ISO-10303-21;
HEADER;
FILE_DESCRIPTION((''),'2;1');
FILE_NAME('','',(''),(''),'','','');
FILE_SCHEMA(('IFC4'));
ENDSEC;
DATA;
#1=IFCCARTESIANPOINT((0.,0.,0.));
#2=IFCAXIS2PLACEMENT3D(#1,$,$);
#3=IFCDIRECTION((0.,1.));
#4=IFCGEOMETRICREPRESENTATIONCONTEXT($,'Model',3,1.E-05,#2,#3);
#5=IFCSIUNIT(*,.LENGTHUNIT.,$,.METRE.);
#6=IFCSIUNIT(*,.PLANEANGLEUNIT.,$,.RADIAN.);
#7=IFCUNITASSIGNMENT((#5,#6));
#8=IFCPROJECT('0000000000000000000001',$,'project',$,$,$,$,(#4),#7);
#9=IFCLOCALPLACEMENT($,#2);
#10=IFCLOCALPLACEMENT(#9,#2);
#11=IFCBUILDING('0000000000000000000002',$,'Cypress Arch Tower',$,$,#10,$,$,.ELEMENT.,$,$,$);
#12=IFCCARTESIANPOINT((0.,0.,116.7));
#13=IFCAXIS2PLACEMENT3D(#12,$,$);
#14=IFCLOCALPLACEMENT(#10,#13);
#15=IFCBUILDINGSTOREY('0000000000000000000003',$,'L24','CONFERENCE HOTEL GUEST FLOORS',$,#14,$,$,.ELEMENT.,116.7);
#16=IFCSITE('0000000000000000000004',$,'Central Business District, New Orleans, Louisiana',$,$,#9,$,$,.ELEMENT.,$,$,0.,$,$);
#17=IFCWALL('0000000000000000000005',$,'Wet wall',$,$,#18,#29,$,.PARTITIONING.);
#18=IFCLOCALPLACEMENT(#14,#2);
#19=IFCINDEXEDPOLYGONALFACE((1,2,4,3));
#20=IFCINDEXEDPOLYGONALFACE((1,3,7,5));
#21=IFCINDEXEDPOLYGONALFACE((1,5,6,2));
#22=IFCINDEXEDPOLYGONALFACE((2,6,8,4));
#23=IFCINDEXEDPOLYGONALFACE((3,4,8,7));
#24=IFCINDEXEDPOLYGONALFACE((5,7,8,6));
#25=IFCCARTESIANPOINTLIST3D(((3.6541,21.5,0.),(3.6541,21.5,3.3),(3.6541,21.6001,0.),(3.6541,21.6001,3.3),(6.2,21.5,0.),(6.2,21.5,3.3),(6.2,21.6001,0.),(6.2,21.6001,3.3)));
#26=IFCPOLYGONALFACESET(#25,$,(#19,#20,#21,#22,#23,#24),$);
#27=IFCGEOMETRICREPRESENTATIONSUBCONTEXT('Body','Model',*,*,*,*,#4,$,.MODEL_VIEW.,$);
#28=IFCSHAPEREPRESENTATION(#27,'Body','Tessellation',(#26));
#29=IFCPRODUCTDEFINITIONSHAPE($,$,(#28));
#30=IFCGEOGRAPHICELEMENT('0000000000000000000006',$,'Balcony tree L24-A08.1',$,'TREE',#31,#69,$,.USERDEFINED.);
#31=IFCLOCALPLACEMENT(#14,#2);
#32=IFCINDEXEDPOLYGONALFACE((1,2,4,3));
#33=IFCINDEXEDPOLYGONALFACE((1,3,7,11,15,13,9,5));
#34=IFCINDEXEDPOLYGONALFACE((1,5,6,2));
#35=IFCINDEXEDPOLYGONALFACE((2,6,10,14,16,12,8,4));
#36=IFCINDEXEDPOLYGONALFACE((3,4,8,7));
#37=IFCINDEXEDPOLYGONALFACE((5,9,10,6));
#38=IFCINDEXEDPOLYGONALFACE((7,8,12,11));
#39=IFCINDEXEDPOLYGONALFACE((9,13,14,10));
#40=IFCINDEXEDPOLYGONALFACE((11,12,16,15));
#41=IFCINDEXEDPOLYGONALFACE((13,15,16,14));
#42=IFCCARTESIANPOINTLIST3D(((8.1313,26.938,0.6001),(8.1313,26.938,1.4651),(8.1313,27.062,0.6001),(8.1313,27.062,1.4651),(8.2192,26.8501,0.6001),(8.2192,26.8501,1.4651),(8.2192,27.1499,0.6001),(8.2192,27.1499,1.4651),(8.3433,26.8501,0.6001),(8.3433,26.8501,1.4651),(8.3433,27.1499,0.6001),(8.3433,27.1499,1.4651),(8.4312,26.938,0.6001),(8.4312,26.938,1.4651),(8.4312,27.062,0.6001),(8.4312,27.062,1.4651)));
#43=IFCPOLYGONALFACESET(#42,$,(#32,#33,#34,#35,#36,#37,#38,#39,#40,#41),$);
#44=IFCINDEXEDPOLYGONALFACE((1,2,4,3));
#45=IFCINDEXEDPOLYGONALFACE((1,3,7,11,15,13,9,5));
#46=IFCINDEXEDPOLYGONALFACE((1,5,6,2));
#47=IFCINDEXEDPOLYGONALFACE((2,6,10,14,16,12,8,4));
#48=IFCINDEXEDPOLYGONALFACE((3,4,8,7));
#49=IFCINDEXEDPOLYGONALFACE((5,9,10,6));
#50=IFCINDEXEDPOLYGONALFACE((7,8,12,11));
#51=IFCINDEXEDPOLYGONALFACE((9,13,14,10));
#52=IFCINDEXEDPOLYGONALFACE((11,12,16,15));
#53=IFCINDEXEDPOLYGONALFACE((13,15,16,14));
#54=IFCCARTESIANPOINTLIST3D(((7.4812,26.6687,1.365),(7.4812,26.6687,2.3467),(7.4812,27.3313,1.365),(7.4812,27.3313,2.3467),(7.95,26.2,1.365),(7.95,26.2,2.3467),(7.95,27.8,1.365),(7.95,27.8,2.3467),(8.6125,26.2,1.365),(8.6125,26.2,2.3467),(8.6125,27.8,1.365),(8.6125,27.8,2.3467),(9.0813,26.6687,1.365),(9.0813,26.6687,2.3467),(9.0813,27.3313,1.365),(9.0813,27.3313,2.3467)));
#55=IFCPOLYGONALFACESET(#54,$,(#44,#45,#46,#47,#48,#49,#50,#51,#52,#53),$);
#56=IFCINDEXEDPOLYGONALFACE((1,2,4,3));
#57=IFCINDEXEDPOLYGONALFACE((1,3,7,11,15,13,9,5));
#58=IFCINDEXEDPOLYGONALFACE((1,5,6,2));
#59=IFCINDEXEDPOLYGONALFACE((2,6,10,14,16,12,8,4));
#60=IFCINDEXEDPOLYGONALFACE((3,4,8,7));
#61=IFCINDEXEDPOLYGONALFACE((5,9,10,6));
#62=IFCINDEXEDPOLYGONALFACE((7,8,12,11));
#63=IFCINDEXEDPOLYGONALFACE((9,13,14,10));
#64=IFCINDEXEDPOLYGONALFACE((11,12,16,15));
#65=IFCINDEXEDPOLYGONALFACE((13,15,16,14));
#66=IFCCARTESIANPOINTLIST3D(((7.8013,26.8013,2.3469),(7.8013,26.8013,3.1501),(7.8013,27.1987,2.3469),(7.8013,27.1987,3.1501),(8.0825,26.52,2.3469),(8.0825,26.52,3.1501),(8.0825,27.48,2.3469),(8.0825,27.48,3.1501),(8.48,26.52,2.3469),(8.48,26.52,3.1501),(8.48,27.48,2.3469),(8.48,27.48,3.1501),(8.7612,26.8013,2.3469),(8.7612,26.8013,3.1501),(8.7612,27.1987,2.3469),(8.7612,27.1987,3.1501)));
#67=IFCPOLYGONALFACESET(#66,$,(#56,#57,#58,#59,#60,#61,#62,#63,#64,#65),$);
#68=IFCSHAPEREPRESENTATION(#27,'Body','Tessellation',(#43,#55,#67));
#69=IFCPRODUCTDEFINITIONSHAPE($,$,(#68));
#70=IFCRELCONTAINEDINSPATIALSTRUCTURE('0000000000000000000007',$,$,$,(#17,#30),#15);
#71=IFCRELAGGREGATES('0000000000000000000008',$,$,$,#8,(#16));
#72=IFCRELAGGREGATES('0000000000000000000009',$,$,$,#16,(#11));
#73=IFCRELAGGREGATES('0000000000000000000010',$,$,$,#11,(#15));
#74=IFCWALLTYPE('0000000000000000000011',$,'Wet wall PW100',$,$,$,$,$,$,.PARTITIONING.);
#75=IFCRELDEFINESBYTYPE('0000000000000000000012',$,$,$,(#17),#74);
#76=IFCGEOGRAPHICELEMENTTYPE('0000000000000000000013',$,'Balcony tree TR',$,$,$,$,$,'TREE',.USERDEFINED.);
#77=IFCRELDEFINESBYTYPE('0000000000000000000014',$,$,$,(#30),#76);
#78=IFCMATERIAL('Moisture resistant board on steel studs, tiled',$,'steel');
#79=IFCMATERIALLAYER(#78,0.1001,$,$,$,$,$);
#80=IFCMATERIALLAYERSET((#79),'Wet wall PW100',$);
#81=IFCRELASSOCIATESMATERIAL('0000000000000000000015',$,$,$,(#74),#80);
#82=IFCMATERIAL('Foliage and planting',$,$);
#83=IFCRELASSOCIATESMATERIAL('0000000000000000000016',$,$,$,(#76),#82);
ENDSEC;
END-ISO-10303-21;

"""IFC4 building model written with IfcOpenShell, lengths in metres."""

from ifc_helpers import new_model, si_unit, direction, frame, frame_2d, origin, place, context, subcontext, project, spatial, polyline, rectangle, outline, extrude, material, layer, layer_set, type_object, element, save


model = new_model("IFC4")

# Units and contexts
model_context = context("Model", 3, precision=1e-05, world=origin(), true_north=direction((0.0, 1.0)))
body_context = subcontext(model_context, "Body", "Model", "MODEL_VIEW")
ifc_project = project(units=[si_unit("LENGTHUNIT", "METRE"), si_unit("PLANEANGLEUNIT", "RADIAN")], contexts=[model_context])

# Site, building, storey
site_placement = place(None, origin())
site = spatial("IfcSite", under=ifc_project, at=site_placement, Name="Central Business District, New Orleans, Louisiana", CompositionType="ELEMENT", RefElevation=0.0)
building_placement = place(site_placement, origin())
building = spatial("IfcBuilding", under=site, at=building_placement, Name="Cypress Arch Tower", CompositionType="ELEMENT")
storey_placement = place(building_placement, frame((0.0, 0.0, 116.7)))
storey = spatial("IfcBuildingStorey", under=building, at=storey_placement, Name="L24", Description="CONFERENCE HOTEL GUEST FLOORS", CompositionType="ELEMENT", Elevation=116.7)

# Shared definitions
ifc_material_1 = material(Name="Moisture resistant board on steel studs, tiled", Category="steel")
ifc_layer_1 = layer(ifc_material_1, 0.1001)
ifc_layer_set_1 = layer_set([ifc_layer_1], Name="Wet wall PW100")
wall_type_1 = type_object("IfcWallType", Name="Wet wall PW100", PredefinedType="PARTITIONING", material=ifc_layer_set_1)

# Wall
for number, where, z_axis, x_axis, name in (
    (1, (3.6541, 21.55, 0.0), (0.0, 0.0, 1.0), (1.0, 0.0, 0.0), "Wet wall"),
):
    element("IfcWall", number, at=place(storey_placement, frame(where, z_axis=z_axis, x_axis=x_axis)), inside=storey, type_object=wall_type_1, Name=name, PredefinedType="PARTITIONING", context=body_context, shape_type="SweptSolid", body=[
        extrude(rectangle(XDim=2.5459, YDim=0.1001, at=frame_2d((1.2729, 0.0))), origin(), (0.0, 0.0, 1.0), 3.3),
    ])

# Geographic element
ifc_material_2 = material(Name="Foliage and planting")
geographic_element_type = type_object("IfcGeographicElementType", Name="Balcony tree TR", ElementType="TREE", PredefinedType="USERDEFINED", material=ifc_material_2)
geographic_element_placement = place(storey_placement, frame((8.2812, 27.0, 0.6001), z_axis=(0.0, 0.0, 1.0), x_axis=(1.0, 0.0, 0.0)))
element("IfcGeographicElement", 2, at=geographic_element_placement, inside=storey, type_object=geographic_element_type, Name="Balcony tree L24-A08.1", ObjectType="TREE", PredefinedType="USERDEFINED", context=body_context, shape_type="SweptSolid", body=[
    extrude(outline(polyline([(0.1499, 0.062), (0.062, 0.1499), (-0.062, 0.1499), (-0.1499, 0.062), (-0.1499, -0.062), (-0.062, -0.1499), (0.062, -0.1499), (0.1499, -0.062), (0.1499, 0.062)])), origin(), (0.0, 0.0, 1.0), 0.865),
    extrude(outline(polyline([(0.8, 0.3313), (0.3313, 0.8), (-0.3313, 0.8), (-0.8, 0.3313), (-0.8, -0.3313), (-0.3313, -0.8), (0.3313, -0.8), (0.8, -0.3313), (0.8, 0.3313)])), frame((0.0, 0.0, 0.7649)), (0.0, 0.0, 1.0), 0.9817),
    extrude(outline(polyline([(0.48, 0.1987), (0.1987, 0.48), (-0.1987, 0.48), (-0.48, 0.1987), (-0.48, -0.1987), (-0.1987, -0.48), (0.1987, -0.48), (0.48, -0.1987), (0.48, 0.1987)])), frame((0.0, 0.0, 1.7468)), (0.0, 0.0, 1.0), 0.8032),
])

save(model, "model.ifc")
